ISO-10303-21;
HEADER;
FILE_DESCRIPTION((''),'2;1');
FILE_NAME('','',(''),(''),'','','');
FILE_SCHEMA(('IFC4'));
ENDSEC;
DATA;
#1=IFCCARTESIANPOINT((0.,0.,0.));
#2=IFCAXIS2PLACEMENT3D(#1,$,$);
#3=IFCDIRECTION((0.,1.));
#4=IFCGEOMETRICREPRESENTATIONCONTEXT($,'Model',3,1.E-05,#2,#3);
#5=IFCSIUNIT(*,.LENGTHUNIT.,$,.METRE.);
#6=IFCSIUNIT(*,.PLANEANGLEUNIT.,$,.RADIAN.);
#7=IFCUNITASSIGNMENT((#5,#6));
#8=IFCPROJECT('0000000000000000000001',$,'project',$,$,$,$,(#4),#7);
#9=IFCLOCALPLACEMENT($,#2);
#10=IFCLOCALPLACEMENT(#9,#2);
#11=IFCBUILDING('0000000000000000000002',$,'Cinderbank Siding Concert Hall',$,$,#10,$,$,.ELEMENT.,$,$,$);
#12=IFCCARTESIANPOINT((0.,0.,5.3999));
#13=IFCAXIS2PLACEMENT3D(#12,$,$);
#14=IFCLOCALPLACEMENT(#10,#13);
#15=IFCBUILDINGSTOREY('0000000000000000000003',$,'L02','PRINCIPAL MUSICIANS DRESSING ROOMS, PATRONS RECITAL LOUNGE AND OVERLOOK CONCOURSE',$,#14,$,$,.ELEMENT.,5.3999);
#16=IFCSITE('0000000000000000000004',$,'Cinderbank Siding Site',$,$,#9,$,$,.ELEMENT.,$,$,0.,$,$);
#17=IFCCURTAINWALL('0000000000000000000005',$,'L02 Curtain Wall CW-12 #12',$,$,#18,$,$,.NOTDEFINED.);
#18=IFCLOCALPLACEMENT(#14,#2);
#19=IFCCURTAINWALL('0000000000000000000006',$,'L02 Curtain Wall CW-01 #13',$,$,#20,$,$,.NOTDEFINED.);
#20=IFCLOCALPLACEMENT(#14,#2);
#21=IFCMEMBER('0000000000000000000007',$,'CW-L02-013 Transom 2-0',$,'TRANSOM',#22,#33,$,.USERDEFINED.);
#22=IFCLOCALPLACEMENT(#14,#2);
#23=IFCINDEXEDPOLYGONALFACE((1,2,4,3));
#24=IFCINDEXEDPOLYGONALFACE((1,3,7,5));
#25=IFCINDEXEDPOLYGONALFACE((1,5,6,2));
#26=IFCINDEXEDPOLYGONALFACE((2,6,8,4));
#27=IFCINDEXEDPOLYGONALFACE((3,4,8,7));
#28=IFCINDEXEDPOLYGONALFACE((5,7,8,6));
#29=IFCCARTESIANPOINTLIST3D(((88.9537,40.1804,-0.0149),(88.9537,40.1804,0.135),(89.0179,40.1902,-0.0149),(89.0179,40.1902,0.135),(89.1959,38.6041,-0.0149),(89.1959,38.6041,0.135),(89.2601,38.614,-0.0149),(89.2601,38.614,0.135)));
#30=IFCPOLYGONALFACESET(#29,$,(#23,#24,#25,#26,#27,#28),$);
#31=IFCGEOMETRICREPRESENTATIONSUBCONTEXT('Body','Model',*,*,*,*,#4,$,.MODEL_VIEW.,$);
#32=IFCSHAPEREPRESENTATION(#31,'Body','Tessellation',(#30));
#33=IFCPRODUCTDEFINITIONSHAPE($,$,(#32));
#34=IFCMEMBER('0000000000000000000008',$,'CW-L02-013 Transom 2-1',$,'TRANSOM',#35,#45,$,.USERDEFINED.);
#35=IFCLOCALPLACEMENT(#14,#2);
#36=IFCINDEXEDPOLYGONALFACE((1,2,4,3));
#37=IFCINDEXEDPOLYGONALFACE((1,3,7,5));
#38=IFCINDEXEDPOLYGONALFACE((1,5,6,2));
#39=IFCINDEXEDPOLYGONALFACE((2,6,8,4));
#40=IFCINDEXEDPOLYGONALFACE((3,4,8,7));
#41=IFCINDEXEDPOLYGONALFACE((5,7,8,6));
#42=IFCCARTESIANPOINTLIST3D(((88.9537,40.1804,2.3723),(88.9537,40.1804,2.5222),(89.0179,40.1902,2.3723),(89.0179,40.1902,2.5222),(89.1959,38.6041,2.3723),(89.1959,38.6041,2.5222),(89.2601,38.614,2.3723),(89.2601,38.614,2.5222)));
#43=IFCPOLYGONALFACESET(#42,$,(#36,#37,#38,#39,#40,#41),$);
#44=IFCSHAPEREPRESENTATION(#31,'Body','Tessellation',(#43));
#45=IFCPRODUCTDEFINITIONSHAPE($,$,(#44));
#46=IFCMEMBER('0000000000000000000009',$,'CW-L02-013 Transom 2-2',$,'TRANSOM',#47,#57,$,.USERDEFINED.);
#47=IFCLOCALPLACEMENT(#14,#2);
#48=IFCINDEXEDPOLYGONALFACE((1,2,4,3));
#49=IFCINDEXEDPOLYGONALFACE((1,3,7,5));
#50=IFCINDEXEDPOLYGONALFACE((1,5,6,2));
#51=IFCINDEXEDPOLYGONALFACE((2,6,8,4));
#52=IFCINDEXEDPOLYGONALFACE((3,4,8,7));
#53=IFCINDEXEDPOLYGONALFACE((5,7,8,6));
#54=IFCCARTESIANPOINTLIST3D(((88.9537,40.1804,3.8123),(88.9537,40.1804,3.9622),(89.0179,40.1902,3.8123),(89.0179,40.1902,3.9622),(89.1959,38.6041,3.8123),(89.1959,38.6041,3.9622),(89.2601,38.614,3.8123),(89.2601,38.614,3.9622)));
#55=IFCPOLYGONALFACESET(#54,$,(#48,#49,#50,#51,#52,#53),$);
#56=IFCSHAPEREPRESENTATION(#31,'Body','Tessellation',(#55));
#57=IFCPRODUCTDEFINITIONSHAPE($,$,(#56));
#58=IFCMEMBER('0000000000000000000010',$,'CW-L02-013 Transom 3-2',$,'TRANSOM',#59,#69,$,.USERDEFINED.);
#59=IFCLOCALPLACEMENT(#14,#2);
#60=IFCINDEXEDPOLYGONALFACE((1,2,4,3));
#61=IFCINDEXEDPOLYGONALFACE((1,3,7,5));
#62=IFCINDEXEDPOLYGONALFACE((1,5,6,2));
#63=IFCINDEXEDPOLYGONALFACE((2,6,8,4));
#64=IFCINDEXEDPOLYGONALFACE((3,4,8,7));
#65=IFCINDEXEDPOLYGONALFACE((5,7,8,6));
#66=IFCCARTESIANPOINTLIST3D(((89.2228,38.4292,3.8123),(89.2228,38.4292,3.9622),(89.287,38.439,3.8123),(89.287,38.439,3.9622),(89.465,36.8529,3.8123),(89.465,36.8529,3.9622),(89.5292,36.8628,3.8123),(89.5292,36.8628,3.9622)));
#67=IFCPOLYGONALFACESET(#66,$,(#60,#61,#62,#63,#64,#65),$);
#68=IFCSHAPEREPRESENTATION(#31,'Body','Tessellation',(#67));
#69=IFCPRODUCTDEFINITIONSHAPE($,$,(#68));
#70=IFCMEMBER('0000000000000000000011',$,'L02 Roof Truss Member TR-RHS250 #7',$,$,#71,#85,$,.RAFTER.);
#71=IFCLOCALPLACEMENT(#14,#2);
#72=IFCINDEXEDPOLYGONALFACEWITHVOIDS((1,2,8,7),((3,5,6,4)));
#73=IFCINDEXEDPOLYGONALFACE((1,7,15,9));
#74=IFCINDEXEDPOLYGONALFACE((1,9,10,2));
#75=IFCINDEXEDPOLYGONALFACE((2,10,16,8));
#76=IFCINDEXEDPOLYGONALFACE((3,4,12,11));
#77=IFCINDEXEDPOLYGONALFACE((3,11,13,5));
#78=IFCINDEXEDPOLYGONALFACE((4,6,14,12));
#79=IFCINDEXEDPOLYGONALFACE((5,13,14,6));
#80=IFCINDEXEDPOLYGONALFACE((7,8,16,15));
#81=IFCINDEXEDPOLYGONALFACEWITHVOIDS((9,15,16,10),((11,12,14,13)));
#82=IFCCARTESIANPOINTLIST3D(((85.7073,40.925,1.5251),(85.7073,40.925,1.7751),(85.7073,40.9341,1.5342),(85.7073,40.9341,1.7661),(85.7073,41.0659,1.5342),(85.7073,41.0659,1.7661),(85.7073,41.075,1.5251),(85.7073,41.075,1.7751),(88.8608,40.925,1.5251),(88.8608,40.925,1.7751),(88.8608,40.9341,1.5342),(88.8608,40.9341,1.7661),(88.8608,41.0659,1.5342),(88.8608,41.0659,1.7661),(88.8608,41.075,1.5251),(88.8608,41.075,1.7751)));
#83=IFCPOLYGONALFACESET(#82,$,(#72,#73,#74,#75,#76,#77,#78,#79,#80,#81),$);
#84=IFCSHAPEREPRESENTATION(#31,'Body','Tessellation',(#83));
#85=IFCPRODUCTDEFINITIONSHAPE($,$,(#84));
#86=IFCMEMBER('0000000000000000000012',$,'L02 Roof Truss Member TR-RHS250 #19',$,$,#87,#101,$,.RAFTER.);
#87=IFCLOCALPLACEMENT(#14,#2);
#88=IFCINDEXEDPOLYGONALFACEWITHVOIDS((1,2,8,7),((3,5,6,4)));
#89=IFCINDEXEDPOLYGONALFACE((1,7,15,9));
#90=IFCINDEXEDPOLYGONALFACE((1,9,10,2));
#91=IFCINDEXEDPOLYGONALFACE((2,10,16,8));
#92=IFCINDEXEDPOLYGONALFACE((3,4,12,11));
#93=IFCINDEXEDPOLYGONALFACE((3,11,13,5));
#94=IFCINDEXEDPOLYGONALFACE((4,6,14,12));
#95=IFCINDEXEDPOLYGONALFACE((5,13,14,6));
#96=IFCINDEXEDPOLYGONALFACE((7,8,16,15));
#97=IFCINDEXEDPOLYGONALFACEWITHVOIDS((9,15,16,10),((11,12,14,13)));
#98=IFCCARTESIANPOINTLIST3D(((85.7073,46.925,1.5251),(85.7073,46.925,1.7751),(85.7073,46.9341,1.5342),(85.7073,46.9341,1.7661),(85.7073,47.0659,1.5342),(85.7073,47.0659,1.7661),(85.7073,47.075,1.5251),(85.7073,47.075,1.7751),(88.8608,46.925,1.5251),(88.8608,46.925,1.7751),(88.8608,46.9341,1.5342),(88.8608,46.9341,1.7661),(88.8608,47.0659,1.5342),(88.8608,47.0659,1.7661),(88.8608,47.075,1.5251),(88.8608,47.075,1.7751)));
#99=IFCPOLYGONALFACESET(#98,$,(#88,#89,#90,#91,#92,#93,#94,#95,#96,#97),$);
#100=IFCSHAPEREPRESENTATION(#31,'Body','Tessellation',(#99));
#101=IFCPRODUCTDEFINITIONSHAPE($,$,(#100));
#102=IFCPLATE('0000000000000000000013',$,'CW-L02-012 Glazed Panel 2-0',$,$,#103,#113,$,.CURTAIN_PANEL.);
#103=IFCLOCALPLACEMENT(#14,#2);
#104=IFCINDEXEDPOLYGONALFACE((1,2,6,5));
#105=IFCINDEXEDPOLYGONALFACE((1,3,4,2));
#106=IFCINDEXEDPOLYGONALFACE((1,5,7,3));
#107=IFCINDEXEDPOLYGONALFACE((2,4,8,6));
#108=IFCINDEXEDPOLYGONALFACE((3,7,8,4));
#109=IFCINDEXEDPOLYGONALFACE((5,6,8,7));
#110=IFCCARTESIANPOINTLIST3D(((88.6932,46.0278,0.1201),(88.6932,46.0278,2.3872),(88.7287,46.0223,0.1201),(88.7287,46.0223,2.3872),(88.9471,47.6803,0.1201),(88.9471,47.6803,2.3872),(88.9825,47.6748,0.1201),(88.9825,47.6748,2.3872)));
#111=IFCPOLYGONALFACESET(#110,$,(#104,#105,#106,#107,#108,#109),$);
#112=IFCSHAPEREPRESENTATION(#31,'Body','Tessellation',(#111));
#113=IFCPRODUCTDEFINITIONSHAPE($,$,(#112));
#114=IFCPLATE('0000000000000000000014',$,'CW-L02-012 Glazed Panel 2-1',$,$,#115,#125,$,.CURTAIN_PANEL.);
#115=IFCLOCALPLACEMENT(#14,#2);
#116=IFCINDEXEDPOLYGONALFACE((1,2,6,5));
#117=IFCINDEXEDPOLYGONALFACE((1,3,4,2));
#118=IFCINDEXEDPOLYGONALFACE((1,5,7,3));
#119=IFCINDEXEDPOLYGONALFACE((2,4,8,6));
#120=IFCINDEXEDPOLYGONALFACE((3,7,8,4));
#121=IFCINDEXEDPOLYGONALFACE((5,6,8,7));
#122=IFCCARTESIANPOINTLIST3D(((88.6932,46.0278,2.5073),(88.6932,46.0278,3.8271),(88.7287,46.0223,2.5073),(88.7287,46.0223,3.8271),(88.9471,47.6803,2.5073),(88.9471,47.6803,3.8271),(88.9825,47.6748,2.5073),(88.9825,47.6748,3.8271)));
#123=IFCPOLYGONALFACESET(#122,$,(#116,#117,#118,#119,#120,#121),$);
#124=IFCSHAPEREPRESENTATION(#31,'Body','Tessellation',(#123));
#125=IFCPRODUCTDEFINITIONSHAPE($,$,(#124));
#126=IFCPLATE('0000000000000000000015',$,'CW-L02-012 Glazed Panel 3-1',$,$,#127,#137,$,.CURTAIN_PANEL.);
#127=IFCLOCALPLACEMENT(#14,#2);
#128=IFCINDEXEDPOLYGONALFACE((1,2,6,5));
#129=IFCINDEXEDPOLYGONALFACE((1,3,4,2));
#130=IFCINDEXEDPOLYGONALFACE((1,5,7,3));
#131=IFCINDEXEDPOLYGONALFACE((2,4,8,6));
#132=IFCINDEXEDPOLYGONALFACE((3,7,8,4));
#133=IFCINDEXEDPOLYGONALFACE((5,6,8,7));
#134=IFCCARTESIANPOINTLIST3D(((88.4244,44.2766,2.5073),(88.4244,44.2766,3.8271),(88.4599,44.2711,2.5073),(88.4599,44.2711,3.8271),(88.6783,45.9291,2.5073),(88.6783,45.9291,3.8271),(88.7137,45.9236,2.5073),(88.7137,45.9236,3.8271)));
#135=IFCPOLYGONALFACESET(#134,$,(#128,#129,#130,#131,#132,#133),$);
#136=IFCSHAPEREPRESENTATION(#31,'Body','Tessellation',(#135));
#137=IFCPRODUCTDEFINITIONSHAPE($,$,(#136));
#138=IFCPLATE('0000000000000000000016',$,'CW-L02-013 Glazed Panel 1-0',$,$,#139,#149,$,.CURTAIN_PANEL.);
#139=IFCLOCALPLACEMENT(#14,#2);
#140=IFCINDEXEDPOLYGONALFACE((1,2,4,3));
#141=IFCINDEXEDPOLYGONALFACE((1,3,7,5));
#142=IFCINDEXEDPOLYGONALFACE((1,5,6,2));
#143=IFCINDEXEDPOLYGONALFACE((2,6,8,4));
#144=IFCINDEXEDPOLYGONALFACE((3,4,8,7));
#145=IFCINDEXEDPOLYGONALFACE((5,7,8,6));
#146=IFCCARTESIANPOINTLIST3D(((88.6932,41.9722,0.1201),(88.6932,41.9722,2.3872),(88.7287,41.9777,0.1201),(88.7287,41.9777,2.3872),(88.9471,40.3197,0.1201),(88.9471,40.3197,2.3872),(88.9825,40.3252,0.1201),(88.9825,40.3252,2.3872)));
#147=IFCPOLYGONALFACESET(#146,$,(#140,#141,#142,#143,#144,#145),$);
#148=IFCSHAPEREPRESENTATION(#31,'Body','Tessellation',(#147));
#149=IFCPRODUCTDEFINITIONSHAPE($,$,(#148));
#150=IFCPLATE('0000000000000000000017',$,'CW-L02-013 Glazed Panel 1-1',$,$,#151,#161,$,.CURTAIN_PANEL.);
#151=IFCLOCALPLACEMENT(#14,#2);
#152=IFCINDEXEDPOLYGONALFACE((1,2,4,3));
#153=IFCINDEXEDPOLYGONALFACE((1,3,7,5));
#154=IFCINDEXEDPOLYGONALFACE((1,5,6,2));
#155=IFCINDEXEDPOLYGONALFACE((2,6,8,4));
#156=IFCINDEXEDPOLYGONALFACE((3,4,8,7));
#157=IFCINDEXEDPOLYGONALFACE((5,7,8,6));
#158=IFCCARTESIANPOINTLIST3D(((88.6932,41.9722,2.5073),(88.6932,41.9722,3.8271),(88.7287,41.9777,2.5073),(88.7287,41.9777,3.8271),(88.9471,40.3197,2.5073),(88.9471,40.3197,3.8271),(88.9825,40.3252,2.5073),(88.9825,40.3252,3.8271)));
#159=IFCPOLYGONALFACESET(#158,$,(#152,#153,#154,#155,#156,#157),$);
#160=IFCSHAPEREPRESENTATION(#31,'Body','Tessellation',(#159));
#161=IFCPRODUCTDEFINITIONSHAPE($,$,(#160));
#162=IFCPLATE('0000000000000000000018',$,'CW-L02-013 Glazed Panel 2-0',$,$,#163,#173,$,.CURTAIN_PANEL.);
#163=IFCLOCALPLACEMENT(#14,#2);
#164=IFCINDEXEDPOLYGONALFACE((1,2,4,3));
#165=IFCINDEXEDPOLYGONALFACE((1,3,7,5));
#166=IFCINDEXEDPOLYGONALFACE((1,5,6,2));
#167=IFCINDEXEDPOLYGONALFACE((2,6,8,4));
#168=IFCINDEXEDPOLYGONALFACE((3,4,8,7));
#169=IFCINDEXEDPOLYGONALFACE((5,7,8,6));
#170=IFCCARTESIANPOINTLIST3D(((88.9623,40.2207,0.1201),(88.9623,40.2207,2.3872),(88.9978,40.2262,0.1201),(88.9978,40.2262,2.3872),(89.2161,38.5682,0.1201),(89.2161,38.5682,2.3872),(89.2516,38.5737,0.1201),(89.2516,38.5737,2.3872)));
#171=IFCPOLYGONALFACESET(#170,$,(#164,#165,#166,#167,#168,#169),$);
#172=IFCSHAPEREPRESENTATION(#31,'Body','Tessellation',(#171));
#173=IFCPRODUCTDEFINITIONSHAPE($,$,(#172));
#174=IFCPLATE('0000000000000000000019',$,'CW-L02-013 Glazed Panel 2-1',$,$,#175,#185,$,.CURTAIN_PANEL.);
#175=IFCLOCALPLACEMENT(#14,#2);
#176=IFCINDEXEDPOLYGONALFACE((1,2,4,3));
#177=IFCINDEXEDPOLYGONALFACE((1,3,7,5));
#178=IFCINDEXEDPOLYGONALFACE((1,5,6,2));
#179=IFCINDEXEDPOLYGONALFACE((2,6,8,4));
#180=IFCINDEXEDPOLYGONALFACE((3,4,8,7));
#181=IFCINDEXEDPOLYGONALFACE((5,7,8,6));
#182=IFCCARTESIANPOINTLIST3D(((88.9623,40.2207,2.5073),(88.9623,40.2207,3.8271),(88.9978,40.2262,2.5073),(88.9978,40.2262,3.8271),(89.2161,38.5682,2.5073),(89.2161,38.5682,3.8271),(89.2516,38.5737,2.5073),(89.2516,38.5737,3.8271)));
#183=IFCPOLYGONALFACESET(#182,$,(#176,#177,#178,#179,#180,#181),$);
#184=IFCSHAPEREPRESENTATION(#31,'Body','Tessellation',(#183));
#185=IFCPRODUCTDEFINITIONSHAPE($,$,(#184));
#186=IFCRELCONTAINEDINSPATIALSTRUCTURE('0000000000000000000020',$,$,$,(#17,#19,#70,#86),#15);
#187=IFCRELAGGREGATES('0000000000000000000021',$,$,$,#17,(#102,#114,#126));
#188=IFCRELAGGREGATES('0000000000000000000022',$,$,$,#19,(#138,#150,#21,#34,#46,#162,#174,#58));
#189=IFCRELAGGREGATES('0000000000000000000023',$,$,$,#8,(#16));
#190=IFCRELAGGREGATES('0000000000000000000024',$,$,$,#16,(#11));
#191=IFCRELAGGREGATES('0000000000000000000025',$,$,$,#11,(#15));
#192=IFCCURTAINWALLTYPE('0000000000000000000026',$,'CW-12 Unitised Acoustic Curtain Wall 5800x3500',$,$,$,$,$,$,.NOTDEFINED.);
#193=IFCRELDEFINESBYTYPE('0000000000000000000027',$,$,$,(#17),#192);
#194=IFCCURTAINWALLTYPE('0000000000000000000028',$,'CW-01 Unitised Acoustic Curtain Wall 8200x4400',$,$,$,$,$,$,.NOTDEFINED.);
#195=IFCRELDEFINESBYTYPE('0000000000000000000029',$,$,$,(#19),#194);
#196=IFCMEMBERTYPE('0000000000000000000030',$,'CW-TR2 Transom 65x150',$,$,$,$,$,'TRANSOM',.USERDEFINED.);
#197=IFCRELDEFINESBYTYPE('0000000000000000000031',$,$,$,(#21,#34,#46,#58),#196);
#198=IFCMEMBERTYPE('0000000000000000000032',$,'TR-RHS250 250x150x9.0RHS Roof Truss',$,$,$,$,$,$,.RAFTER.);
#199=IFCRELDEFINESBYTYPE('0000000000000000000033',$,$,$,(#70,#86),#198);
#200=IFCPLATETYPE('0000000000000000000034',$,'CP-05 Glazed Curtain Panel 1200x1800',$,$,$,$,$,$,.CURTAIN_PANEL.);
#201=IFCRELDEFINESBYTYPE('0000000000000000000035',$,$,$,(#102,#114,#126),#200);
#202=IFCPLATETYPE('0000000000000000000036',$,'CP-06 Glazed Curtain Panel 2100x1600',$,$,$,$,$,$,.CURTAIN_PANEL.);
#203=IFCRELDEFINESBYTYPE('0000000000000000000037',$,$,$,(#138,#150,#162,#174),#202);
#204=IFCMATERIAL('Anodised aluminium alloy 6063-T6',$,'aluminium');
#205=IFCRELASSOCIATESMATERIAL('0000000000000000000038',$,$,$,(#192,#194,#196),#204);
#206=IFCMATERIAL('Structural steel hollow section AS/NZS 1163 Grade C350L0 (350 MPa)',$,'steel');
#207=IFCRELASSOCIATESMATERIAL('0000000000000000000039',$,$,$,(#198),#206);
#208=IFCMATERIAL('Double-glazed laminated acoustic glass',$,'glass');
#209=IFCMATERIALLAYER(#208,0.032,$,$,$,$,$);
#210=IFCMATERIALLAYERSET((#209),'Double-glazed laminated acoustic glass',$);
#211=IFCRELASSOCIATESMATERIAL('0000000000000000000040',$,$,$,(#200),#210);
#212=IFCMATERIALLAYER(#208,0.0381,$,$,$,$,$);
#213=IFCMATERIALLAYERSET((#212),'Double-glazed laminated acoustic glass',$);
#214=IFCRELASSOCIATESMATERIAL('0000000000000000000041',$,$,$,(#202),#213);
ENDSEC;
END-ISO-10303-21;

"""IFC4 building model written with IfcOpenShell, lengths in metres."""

from ifc_helpers import new_model, si_unit, direction, frame, origin, origin_2d, place, context, subcontext, project, spatial, rectangle, hollow_rectangle, extrude, material, layer, layer_set, material_profile, profile_set, type_object, element, aggregate, save


model = new_model("IFC4")

# Units and contexts
model_context = context("Model", 3, precision=1e-05, world=origin(), true_north=direction((0.0, 1.0)))
body_context = subcontext(model_context, "Body", "Model", "MODEL_VIEW")
ifc_project = project(units=[si_unit("LENGTHUNIT", "METRE"), si_unit("PLANEANGLEUNIT", "RADIAN")], contexts=[model_context])

# Site, building, storey
site_placement = place(None, origin())
site = spatial("IfcSite", under=ifc_project, at=site_placement, Name="Cinderbank Siding Site", CompositionType="ELEMENT", RefElevation=0.0)
building_placement = place(site_placement, origin())
building = spatial("IfcBuilding", under=site, at=building_placement, Name="Cinderbank Siding Concert Hall", CompositionType="ELEMENT")
storey_placement = place(building_placement, frame((0.0, 0.0, 5.3999)))
storey = spatial("IfcBuildingStorey", under=building, at=storey_placement, Name="L02", Description="PRINCIPAL MUSICIANS DRESSING ROOMS, PATRONS RECITAL LOUNGE AND OVERLOOK CONCOURSE", CompositionType="ELEMENT", Elevation=5.3999)

# Shared definitions
ifc_material_1 = material(Name="Structural steel hollow section AS/NZS 1163 Grade C350L0 (350 MPa)", Category="steel")

# Curtain wall
ifc_material_2 = material(Name="Anodised aluminium alloy 6063-T6", Category="aluminium")
curtain_wall_type_1 = type_object("IfcCurtainWallType", Name="CW-12 Unitised Acoustic Curtain Wall 5800x3500", PredefinedType="NOTDEFINED", material=ifc_material_2)
curtain_wall_1_placement = place(storey_placement, origin())
curtain_wall_1 = element("IfcCurtainWall", 1, at=curtain_wall_1_placement, inside=storey, type_object=curtain_wall_type_1, Name="L02 Curtain Wall CW-12 #12", PredefinedType="NOTDEFINED")

# Curtain wall
curtain_wall_type_2 = type_object("IfcCurtainWallType", Name="CW-01 Unitised Acoustic Curtain Wall 8200x4400", PredefinedType="NOTDEFINED", material=ifc_material_2)
curtain_wall_2_placement = place(storey_placement, origin())
curtain_wall_2 = element("IfcCurtainWall", 2, at=curtain_wall_2_placement, inside=storey, type_object=curtain_wall_type_2, Name="L02 Curtain Wall CW-01 #13", PredefinedType="NOTDEFINED")

# Members
ifc_material_profile_1 = material_profile(ifc_material_2, rectangle(XDim=0.0649, YDim=0.1499, at=origin_2d()), Name="ALU-TRAN-65x150", Category="LoadBearing")
ifc_profile_set_1 = profile_set([ifc_material_profile_1], Name="Anodised aluminium alloy 6063-T6")
member_type_1 = type_object("IfcMemberType", Name="CW-TR2 Transom 65x150", ElementType="TRANSOM", PredefinedType="USERDEFINED", material=ifc_profile_set_1)
member_1_placement = place(storey_placement, frame((88.9858, 40.1853, 0.0601), z_axis=(0.151873, -0.9884, 0.0), x_axis=(0.9884, 0.151873, 0.0)))
member_1 = element("IfcMember", 3, at=member_1_placement, type_object=member_type_1, Name="CW-L02-013 Transom 2-0", ObjectType="TRANSOM", PredefinedType="USERDEFINED", context=body_context, shape_type="SweptSolid", body=[
    extrude(rectangle(XDim=0.0649, YDim=0.1499, at=origin_2d()), origin(), (0.0, 0.0, 1.0), 1.5947),
])
member_2_placement = place(storey_placement, frame((88.9858, 40.1853, 2.4473), z_axis=(0.151873, -0.9884, 0.0), x_axis=(0.9884, 0.151873, 0.0)))
member_2 = element("IfcMember", 4, at=member_2_placement, type_object=member_type_1, Name="CW-L02-013 Transom 2-1", ObjectType="TRANSOM", PredefinedType="USERDEFINED", context=body_context, shape_type="SweptSolid", body=[
    extrude(rectangle(XDim=0.0649, YDim=0.1499, at=origin_2d()), origin(), (0.0, 0.0, 1.0), 1.5947),
])
member_3_placement = place(storey_placement, frame((88.9858, 40.1853, 3.8872), z_axis=(0.151873, -0.9884, 0.0), x_axis=(0.9884, 0.151873, 0.0)))
member_3 = element("IfcMember", 5, at=member_3_placement, type_object=member_type_1, Name="CW-L02-013 Transom 2-2", ObjectType="TRANSOM", PredefinedType="USERDEFINED", context=body_context, shape_type="SweptSolid", body=[
    extrude(rectangle(XDim=0.0649, YDim=0.1499, at=origin_2d()), origin(), (0.0, 0.0, 1.0), 1.5947),
])
member_4_placement = place(storey_placement, frame((89.2549, 38.4341, 3.8872), z_axis=(0.151873, -0.9884, 0.0), x_axis=(0.9884, 0.151873, 0.0)))
member_4 = element("IfcMember", 6, at=member_4_placement, type_object=member_type_1, Name="CW-L02-013 Transom 3-2", ObjectType="TRANSOM", PredefinedType="USERDEFINED", context=body_context, shape_type="SweptSolid", body=[
    extrude(rectangle(XDim=0.0649, YDim=0.1499, at=origin_2d()), origin(), (0.0, 0.0, 1.0), 1.5947),
])

# Members
ifc_material_profile_2 = material_profile(ifc_material_1, hollow_rectangle(XDim=0.1499, YDim=0.25, WallThickness=0.009, at=origin_2d()), Name="250x150x9.0RHS", Category="LoadBearing")
ifc_profile_set_2 = profile_set([ifc_material_profile_2], Name="Structural steel hollow section AS/NZS 1163 Grade C350L0 (350 MPa)")
member_type_2 = type_object("IfcMemberType", Name="TR-RHS250 250x150x9.0RHS Roof Truss", PredefinedType="RAFTER", material=ifc_profile_set_2)
for number, where, z_axis, x_axis, name in (
    (7, (88.8608, 41.0, 1.6501), (-1.0, 0.0, 0.0), (0.0, -1.0, 0.0), "L02 Roof Truss Member TR-RHS250 #7"),
    (8, (88.8608, 47.0, 1.6501), (-1.0, 0.0, 0.0), (0.0, -1.0, 0.0), "L02 Roof Truss Member TR-RHS250 #19"),
):
    element("IfcMember", number, at=place(storey_placement, frame(where, z_axis=z_axis, x_axis=x_axis)), inside=storey, type_object=member_type_2, Name=name, PredefinedType="RAFTER", context=body_context, shape_type="SweptSolid", body=[
        extrude(hollow_rectangle(XDim=0.1499, YDim=0.25, WallThickness=0.009, at=origin_2d()), origin(), (0.0, 0.0, 1.0), 3.1536),
    ])

# Plates
ifc_material_3 = material(Name="Double-glazed laminated acoustic glass", Category="glass")
ifc_layer_1 = layer(ifc_material_3, 0.032)
ifc_layer_set_1 = layer_set([ifc_layer_1], Name="Double-glazed laminated acoustic glass")
plate_type_1 = type_object("IfcPlateType", Name="CP-05 Glazed Curtain Panel 1200x1800", PredefinedType="CURTAIN_PANEL", material=ifc_layer_set_1)
plate_1_placement = place(storey_placement, frame((88.8379, 46.8513, 0.1201), z_axis=(0.0, 0.0, 1.0), x_axis=(-0.151815, -0.988409, 0.0)))
plate_1 = element("IfcPlate", 9, at=plate_1_placement, type_object=plate_type_1, Name="CW-L02-012 Glazed Panel 2-0", PredefinedType="CURTAIN_PANEL", context=body_context, shape_type="SweptSolid", body=[
    extrude(rectangle(XDim=1.6719, YDim=0.0359, at=origin_2d()), origin(), (0.0, 0.0, 1.0), 2.2671),
])
plate_2_placement = place(storey_placement, frame((88.8379, 46.8513, 2.5073), z_axis=(0.0, 0.0, 1.0), x_axis=(-0.151815, -0.988409, 0.0)))
plate_2 = element("IfcPlate", 10, at=plate_2_placement, type_object=plate_type_1, Name="CW-L02-012 Glazed Panel 2-1", PredefinedType="CURTAIN_PANEL", context=body_context, shape_type="SweptSolid", body=[
    extrude(rectangle(XDim=1.6719, YDim=0.0359, at=origin_2d()), origin(), (0.0, 0.0, 1.0), 1.3198),
])
plate_3_placement = place(storey_placement, frame((88.5691, 45.1001, 2.5073), z_axis=(0.0, 0.0, 1.0), x_axis=(-0.151815, -0.988409, 0.0)))
plate_3 = element("IfcPlate", 11, at=plate_3_placement, type_object=plate_type_1, Name="CW-L02-012 Glazed Panel 3-1", PredefinedType="CURTAIN_PANEL", context=body_context, shape_type="SweptSolid", body=[
    extrude(rectangle(XDim=1.6719, YDim=0.0359, at=origin_2d()), origin(), (0.0, 0.0, 1.0), 1.3198),
])
aggregate(curtain_wall_1, [plate_1, plate_2, plate_3])
ifc_layer_2 = layer(ifc_material_3, 0.0381)
ifc_layer_set_2 = layer_set([ifc_layer_2], Name="Double-glazed laminated acoustic glass")
plate_type_2 = type_object("IfcPlateType", Name="CP-06 Glazed Curtain Panel 2100x1600", PredefinedType="CURTAIN_PANEL", material=ifc_layer_set_2)
plate_4_placement = place(storey_placement, frame((88.8379, 41.1487, 0.1201), z_axis=(0.0, 0.0, 1.0), x_axis=(0.151815, -0.988409, 0.0)))
plate_4 = element("IfcPlate", 12, at=plate_4_placement, type_object=plate_type_2, Name="CW-L02-013 Glazed Panel 1-0", PredefinedType="CURTAIN_PANEL", context=body_context, shape_type="SweptSolid", body=[
    extrude(rectangle(XDim=1.6719, YDim=0.0359, at=origin_2d()), origin(), (0.0, 0.0, 1.0), 2.2671),
])
plate_5_placement = place(storey_placement, frame((88.8379, 41.1487, 2.5073), z_axis=(0.0, 0.0, 1.0), x_axis=(0.151815, -0.988409, 0.0)))
plate_5 = element("IfcPlate", 13, at=plate_5_placement, type_object=plate_type_2, Name="CW-L02-013 Glazed Panel 1-1", PredefinedType="CURTAIN_PANEL", context=body_context, shape_type="SweptSolid", body=[
    extrude(rectangle(XDim=1.6719, YDim=0.0359, at=origin_2d()), origin(), (0.0, 0.0, 1.0), 1.3198),
])
plate_6_placement = place(storey_placement, frame((89.1069, 39.3972, 0.1201), z_axis=(0.0, 0.0, 1.0), x_axis=(0.151815, -0.988409, 0.0)))
plate_6 = element("IfcPlate", 14, at=plate_6_placement, type_object=plate_type_2, Name="CW-L02-013 Glazed Panel 2-0", PredefinedType="CURTAIN_PANEL", context=body_context, shape_type="SweptSolid", body=[
    extrude(rectangle(XDim=1.6719, YDim=0.0359, at=origin_2d()), origin(), (0.0, 0.0, 1.0), 2.2671),
])
plate_7_placement = place(storey_placement, frame((89.1069, 39.3972, 2.5073), z_axis=(0.0, 0.0, 1.0), x_axis=(0.151815, -0.988409, 0.0)))
plate_7 = element("IfcPlate", 15, at=plate_7_placement, type_object=plate_type_2, Name="CW-L02-013 Glazed Panel 2-1", PredefinedType="CURTAIN_PANEL", context=body_context, shape_type="SweptSolid", body=[
    extrude(rectangle(XDim=1.6719, YDim=0.0359, at=origin_2d()), origin(), (0.0, 0.0, 1.0), 1.3198),
])
aggregate(curtain_wall_2, [plate_4, plate_5, member_1, member_2, member_3, plate_6, plate_7, member_4])

save(model, "model.ifc")
